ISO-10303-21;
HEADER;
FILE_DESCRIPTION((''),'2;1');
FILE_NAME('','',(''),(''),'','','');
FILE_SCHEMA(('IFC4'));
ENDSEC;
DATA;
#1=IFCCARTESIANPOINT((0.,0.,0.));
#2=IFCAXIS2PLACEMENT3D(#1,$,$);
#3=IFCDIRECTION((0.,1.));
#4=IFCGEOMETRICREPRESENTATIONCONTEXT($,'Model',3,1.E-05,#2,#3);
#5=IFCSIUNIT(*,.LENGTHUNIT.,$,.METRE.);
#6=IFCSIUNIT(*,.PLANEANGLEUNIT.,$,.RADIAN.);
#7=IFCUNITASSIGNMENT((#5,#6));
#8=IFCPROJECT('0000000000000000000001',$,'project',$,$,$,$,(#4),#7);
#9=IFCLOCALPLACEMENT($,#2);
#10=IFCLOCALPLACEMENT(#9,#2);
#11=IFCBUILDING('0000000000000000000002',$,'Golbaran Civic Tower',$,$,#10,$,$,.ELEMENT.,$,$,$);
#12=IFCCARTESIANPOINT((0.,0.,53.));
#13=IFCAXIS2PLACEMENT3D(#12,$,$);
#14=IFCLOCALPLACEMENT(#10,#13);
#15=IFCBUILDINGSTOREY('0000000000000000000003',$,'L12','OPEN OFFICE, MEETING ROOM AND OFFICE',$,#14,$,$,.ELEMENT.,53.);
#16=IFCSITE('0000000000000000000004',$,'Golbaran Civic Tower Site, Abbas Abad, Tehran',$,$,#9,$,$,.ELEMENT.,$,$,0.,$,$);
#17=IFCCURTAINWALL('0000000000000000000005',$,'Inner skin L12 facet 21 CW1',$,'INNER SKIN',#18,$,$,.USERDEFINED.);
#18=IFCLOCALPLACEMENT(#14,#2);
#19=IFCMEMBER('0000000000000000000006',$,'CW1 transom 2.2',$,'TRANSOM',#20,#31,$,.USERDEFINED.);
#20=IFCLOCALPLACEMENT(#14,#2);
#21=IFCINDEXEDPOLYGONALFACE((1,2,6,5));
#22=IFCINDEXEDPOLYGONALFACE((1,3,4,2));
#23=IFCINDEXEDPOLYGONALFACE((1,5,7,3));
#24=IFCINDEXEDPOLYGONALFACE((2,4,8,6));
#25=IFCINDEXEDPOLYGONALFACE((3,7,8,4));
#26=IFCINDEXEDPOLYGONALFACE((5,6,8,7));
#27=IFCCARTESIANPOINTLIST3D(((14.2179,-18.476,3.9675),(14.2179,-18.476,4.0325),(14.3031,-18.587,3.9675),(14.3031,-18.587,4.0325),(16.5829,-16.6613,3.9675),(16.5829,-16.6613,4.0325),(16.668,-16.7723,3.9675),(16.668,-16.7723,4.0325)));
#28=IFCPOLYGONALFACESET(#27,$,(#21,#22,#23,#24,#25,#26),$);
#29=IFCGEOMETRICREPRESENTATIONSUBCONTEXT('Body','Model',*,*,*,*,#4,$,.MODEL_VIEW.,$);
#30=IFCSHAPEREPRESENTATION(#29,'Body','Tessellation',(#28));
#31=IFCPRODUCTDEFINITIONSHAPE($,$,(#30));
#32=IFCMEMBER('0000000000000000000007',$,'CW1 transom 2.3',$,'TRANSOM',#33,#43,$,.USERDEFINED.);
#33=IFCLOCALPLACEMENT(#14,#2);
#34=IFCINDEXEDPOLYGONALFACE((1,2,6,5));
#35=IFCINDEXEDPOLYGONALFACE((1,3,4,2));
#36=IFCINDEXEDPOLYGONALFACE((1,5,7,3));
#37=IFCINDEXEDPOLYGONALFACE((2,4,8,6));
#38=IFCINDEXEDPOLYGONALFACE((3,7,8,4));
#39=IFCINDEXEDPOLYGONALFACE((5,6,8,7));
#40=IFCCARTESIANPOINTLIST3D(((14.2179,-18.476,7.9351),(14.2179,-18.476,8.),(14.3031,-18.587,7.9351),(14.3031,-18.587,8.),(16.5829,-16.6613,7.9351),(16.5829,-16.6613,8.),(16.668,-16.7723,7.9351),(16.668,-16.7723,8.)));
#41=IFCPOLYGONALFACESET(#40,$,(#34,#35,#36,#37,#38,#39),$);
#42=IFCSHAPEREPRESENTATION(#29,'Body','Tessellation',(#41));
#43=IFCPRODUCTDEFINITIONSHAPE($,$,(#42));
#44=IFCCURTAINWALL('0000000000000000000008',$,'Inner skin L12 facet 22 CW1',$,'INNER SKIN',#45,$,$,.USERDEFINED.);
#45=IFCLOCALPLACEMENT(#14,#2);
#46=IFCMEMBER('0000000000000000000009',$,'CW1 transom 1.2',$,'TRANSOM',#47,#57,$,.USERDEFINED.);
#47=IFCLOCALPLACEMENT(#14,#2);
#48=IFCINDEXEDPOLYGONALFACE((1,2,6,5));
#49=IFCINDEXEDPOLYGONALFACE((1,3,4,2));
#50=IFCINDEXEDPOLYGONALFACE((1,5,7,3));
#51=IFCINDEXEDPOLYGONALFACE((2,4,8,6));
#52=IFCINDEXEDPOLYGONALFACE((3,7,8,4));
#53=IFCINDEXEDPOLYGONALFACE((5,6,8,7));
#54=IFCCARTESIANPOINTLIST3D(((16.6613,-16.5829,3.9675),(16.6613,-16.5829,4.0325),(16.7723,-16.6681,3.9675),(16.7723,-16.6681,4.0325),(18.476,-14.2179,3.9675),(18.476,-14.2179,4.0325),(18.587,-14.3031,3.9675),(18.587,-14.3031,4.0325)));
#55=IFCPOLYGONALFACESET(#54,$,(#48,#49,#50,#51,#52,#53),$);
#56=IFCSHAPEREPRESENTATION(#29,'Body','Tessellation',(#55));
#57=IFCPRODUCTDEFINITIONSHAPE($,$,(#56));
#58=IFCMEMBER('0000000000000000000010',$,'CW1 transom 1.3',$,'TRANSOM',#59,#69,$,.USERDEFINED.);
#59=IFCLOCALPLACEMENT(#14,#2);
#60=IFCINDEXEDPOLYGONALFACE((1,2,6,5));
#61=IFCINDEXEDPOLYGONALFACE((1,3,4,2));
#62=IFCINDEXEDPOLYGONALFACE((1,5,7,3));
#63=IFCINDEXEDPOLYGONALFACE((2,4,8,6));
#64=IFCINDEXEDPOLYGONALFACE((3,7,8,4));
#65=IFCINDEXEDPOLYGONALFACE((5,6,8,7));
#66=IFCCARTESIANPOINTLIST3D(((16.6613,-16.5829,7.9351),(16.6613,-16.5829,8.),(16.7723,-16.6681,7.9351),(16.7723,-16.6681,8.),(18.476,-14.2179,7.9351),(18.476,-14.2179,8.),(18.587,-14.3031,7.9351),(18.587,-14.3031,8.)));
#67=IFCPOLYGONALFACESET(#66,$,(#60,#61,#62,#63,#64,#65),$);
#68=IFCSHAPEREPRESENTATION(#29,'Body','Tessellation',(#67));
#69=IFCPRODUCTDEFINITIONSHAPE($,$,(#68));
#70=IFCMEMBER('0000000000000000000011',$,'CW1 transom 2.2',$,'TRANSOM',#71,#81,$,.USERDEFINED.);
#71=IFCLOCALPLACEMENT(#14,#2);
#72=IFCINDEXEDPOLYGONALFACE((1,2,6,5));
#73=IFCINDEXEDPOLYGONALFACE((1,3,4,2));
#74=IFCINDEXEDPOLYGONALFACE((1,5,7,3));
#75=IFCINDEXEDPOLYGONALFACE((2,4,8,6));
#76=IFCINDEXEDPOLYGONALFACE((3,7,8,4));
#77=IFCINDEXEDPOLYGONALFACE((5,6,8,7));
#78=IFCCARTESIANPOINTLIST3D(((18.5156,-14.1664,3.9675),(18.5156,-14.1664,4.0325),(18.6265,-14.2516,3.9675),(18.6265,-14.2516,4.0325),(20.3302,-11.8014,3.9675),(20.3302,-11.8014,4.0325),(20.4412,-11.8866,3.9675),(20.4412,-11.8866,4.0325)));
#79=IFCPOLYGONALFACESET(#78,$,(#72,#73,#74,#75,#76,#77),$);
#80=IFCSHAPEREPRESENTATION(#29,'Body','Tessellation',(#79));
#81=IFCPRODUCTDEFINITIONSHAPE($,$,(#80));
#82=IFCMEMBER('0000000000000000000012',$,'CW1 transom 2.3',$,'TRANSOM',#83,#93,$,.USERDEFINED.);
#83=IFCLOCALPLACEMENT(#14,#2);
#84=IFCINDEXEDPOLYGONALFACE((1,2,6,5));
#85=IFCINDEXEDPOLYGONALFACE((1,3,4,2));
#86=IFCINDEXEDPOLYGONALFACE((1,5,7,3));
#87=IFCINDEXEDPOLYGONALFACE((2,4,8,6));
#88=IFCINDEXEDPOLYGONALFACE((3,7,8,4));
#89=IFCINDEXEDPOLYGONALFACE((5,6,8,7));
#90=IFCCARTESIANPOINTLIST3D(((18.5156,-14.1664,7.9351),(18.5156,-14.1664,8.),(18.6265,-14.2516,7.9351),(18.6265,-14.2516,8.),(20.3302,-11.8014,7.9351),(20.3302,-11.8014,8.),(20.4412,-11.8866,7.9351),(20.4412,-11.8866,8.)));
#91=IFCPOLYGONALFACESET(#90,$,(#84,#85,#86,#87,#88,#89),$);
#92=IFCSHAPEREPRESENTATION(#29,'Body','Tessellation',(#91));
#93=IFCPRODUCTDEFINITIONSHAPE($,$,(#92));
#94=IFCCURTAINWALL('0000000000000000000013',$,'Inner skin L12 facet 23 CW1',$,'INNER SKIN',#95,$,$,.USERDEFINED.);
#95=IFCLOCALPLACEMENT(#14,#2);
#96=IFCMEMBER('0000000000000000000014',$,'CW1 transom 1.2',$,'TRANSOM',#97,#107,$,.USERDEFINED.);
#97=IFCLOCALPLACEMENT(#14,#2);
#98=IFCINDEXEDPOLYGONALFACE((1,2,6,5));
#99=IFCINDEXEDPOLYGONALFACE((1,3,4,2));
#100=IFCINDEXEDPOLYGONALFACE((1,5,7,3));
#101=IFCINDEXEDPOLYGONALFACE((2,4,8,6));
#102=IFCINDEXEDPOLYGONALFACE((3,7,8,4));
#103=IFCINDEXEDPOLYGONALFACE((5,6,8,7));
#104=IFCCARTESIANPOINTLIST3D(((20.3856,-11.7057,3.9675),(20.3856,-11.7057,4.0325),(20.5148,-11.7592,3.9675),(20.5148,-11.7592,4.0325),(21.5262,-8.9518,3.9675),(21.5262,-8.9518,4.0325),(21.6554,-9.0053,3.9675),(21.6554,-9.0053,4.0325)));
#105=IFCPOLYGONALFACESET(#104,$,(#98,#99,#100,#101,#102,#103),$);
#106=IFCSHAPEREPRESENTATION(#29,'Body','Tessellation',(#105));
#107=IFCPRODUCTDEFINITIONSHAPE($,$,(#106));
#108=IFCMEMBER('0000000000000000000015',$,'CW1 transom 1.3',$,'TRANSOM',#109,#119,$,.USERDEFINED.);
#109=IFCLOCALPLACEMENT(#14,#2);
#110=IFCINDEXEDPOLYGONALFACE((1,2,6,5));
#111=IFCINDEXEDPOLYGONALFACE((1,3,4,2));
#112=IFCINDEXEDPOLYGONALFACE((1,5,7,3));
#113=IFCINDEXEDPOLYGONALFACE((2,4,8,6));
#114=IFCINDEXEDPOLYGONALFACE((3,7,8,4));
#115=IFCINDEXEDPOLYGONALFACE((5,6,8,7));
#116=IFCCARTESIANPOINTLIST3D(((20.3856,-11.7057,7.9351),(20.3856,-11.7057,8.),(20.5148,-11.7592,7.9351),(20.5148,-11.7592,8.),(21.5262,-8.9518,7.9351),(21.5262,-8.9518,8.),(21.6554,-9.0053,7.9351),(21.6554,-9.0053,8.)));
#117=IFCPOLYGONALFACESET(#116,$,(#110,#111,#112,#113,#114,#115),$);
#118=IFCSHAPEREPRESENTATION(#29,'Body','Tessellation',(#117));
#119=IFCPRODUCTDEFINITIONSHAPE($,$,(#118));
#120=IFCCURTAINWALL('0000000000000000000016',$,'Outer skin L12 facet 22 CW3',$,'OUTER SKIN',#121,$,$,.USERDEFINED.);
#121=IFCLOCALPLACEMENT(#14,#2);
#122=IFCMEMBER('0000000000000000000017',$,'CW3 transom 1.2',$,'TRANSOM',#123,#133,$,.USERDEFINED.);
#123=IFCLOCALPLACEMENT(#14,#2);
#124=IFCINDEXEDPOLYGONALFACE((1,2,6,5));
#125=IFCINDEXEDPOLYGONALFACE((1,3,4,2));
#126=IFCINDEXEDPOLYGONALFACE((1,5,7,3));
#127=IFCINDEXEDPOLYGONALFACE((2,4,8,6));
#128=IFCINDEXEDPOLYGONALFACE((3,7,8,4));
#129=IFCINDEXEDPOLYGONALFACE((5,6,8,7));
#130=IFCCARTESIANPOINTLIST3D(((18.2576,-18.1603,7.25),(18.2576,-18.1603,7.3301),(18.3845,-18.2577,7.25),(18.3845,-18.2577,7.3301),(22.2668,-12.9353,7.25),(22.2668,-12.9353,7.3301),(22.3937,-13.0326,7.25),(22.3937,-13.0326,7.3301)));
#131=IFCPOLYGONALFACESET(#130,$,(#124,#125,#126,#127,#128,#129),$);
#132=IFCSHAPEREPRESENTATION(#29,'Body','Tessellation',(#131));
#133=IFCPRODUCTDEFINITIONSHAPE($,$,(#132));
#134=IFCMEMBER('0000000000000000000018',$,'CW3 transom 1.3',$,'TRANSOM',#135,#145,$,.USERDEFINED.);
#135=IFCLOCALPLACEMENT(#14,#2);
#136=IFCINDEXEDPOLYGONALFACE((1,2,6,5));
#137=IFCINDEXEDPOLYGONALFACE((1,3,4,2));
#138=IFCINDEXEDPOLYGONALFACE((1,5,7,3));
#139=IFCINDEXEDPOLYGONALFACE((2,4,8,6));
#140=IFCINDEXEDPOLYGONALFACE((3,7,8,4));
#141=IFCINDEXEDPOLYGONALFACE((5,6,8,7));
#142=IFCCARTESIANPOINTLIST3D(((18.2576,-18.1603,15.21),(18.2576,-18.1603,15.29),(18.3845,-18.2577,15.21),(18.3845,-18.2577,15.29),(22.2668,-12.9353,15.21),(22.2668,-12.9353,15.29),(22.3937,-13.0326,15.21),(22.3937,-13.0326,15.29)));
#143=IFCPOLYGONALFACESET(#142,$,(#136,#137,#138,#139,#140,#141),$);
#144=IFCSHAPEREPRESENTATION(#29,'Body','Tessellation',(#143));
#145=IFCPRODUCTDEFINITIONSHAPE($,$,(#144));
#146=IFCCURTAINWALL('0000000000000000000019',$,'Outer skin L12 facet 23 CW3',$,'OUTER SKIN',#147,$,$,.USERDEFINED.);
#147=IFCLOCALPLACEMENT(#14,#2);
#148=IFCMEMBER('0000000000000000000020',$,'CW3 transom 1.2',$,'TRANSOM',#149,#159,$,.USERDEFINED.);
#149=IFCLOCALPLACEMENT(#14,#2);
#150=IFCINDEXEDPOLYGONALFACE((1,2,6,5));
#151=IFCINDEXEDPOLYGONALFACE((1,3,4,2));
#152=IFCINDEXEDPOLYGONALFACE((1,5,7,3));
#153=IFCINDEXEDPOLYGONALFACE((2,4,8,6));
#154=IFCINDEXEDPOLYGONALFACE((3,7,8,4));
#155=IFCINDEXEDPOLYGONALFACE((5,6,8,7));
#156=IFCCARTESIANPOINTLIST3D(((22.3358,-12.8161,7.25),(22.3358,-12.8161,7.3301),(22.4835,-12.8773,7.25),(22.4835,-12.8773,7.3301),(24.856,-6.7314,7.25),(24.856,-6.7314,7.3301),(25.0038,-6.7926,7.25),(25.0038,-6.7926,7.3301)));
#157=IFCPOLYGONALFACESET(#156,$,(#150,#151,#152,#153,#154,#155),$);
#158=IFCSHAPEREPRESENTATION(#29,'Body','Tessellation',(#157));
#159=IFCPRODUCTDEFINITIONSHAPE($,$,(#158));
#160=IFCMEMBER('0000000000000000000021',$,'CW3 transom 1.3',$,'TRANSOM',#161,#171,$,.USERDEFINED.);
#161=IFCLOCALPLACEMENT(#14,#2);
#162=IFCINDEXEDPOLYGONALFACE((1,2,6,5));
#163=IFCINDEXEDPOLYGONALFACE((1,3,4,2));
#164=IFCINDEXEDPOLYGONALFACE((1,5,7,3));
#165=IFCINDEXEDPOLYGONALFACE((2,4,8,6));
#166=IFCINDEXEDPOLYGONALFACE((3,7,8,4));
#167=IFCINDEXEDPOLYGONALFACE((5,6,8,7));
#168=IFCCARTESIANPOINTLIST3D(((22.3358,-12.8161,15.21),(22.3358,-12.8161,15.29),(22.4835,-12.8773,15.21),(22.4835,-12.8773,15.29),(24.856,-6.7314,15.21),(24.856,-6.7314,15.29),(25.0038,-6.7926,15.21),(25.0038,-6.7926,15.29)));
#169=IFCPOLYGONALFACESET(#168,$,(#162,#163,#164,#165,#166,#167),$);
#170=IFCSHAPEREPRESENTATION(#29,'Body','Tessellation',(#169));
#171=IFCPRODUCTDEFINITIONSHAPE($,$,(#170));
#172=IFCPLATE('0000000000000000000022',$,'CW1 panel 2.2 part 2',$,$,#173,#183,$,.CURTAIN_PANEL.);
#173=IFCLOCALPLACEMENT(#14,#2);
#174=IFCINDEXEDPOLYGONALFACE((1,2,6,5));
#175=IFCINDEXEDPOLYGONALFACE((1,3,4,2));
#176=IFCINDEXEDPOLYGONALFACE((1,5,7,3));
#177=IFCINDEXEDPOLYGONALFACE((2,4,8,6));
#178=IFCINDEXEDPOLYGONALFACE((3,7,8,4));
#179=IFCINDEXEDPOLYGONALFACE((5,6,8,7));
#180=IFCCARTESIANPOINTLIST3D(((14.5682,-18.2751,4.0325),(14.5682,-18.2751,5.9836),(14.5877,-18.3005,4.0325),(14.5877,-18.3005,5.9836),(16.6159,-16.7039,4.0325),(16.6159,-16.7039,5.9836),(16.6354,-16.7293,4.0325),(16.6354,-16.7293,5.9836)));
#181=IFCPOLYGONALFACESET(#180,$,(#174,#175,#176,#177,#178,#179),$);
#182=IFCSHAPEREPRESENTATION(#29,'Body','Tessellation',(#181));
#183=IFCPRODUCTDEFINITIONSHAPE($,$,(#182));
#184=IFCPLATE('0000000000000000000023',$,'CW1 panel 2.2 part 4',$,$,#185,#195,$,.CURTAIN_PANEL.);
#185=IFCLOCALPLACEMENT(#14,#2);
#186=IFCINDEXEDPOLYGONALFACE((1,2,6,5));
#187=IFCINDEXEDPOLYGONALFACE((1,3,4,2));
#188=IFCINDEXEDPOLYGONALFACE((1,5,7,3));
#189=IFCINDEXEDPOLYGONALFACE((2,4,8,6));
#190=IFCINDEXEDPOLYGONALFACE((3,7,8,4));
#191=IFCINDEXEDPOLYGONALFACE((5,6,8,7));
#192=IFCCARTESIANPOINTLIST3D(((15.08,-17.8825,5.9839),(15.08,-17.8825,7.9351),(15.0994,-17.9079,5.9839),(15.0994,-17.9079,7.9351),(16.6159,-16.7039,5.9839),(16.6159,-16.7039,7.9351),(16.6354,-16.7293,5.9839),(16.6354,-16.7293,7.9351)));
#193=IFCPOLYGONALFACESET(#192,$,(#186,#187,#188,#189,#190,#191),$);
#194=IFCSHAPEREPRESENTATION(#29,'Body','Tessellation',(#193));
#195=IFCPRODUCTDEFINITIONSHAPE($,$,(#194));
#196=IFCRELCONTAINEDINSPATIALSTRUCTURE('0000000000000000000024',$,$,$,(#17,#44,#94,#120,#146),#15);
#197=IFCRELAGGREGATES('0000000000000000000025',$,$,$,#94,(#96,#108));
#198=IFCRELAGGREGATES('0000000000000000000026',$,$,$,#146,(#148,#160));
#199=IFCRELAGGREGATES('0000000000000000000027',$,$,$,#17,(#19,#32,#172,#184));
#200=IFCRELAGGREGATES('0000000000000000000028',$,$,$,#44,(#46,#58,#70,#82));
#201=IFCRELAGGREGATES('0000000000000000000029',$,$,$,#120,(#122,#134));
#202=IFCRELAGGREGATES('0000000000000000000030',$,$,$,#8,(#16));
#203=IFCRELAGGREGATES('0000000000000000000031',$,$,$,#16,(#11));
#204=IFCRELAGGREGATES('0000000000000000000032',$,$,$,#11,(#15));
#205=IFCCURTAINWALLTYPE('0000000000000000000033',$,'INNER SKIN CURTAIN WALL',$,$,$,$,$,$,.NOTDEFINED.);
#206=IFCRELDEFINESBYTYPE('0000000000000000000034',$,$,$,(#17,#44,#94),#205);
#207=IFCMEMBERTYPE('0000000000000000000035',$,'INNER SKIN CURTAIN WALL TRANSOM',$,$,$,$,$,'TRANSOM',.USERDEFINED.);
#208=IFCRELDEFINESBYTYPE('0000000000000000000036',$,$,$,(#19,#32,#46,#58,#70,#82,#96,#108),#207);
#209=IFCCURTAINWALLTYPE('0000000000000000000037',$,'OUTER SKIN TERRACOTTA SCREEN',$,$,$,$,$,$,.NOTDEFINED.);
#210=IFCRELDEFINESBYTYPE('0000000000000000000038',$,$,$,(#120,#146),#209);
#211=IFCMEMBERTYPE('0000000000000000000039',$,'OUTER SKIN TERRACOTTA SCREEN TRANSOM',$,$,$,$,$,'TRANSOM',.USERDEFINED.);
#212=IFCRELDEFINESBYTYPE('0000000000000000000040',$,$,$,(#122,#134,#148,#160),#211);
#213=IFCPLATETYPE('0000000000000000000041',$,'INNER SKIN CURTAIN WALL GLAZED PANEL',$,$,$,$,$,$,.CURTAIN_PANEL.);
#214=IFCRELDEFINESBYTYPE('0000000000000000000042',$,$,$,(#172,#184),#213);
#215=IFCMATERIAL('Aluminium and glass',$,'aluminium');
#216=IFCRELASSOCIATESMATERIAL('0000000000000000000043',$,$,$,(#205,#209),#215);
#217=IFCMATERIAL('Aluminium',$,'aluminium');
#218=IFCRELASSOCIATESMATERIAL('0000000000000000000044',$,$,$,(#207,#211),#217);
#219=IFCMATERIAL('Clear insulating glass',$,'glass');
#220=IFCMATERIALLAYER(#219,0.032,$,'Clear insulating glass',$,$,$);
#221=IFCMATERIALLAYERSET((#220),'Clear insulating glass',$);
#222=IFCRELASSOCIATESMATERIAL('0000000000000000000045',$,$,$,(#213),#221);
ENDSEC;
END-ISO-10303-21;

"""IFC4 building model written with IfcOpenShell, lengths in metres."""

from ifc_helpers import new_model, si_unit, direction, frame, origin, origin_2d, place, context, subcontext, project, spatial, rectangle, extrude, material, layer, layer_set, material_profile, profile_set, type_object, element, aggregate, save


model = new_model("IFC4")

# Units and contexts
model_context = context("Model", 3, precision=1e-05, world=origin(), true_north=direction((0.0, 1.0)))
body_context = subcontext(model_context, "Body", "Model", "MODEL_VIEW")
ifc_project = project(units=[si_unit("LENGTHUNIT", "METRE"), si_unit("PLANEANGLEUNIT", "RADIAN")], contexts=[model_context])

# Site, building, storey
site_placement = place(None, origin())
site = spatial("IfcSite", under=ifc_project, at=site_placement, Name="Golbaran Civic Tower Site, Abbas Abad, Tehran", CompositionType="ELEMENT", RefElevation=0.0)
building_placement = place(site_placement, origin())
building = spatial("IfcBuilding", under=site, at=building_placement, Name="Golbaran Civic Tower", CompositionType="ELEMENT")
storey_placement = place(building_placement, frame((0.0, 0.0, 53.0)))
storey = spatial("IfcBuildingStorey", under=building, at=storey_placement, Name="L12", Description="OPEN OFFICE, MEETING ROOM AND OFFICE", CompositionType="ELEMENT", Elevation=53.0)

# Curtain walls, members
ifc_material_1 = material(Name="Aluminium and glass", Category="aluminium")
curtain_wall_type_1 = type_object("IfcCurtainWallType", Name="INNER SKIN CURTAIN WALL", PredefinedType="NOTDEFINED", material=ifc_material_1)
curtain_wall_1_placement = place(storey_placement, origin())
curtain_wall_1 = element("IfcCurtainWall", 1, at=curtain_wall_1_placement, inside=storey, type_object=curtain_wall_type_1, Name="Inner skin L12 facet 21 CW1", ObjectType="INNER SKIN", PredefinedType="USERDEFINED")
ifc_material_2 = material(Name="Aluminium", Category="aluminium")
ifc_material_profile_1 = material_profile(ifc_material_2, rectangle(XDim=0.1399, YDim=0.0649, at=origin_2d()), Name="INNER SKIN CURTAIN WALL TRANSOM")
ifc_profile_set_1 = profile_set([ifc_material_profile_1], Name="Aluminium")
member_type_1 = type_object("IfcMemberType", Name="INNER SKIN CURTAIN WALL TRANSOM", ElementType="TRANSOM", PredefinedType="USERDEFINED", material=ifc_profile_set_1)
member_1_placement = place(storey_placement, frame((14.2605, -18.5315, 4.0), z_axis=(0.793357, 0.608756, 0.0), x_axis=(-0.608756, 0.793357, 0.0)))
member_1 = element("IfcMember", 2, at=member_1_placement, type_object=member_type_1, Name="CW1 transom 2.2", ObjectType="TRANSOM", PredefinedType="USERDEFINED", context=body_context, shape_type="SweptSolid", body=[
    extrude(rectangle(XDim=0.1399, YDim=0.0649, at=origin_2d()), origin(), (0.0, 0.0, 1.0), 2.981),
])
member_2_placement = place(storey_placement, frame((14.2605, -18.5315, 7.9675), z_axis=(0.793357, 0.608756, 0.0), x_axis=(-0.608756, 0.793357, 0.0)))
member_2 = element("IfcMember", 3, at=member_2_placement, type_object=member_type_1, Name="CW1 transom 2.3", ObjectType="TRANSOM", PredefinedType="USERDEFINED", context=body_context, shape_type="SweptSolid", body=[
    extrude(rectangle(XDim=0.1399, YDim=0.0649, at=origin_2d()), origin(), (0.0, 0.0, 1.0), 2.981),
])
curtain_wall_2_placement = place(storey_placement, origin())
curtain_wall_2 = element("IfcCurtainWall", 4, at=curtain_wall_2_placement, inside=storey, type_object=curtain_wall_type_1, Name="Inner skin L12 facet 22 CW1", ObjectType="INNER SKIN", PredefinedType="USERDEFINED")
member_3_placement = place(storey_placement, frame((16.7168, -16.6255, 4.0), z_axis=(0.608756, 0.793357, 0.0), x_axis=(-0.793357, 0.608756, 0.0)))
member_3 = element("IfcMember", 5, at=member_3_placement, type_object=member_type_1, Name="CW1 transom 1.2", ObjectType="TRANSOM", PredefinedType="USERDEFINED", context=body_context, shape_type="SweptSolid", body=[
    extrude(rectangle(XDim=0.1399, YDim=0.0649, at=origin_2d()), origin(), (0.0, 0.0, 1.0), 2.981),
])
member_4_placement = place(storey_placement, frame((16.7168, -16.6255, 7.9675), z_axis=(0.608756, 0.793357, 0.0), x_axis=(-0.793357, 0.608756, 0.0)))
member_4 = element("IfcMember", 6, at=member_4_placement, type_object=member_type_1, Name="CW1 transom 1.3", ObjectType="TRANSOM", PredefinedType="USERDEFINED", context=body_context, shape_type="SweptSolid", body=[
    extrude(rectangle(XDim=0.1399, YDim=0.0649, at=origin_2d()), origin(), (0.0, 0.0, 1.0), 2.981),
])
member_5_placement = place(storey_placement, frame((18.571, -14.209, 4.0), z_axis=(0.608756, 0.793357, 0.0), x_axis=(-0.793357, 0.608756, 0.0)))
member_5 = element("IfcMember", 7, at=member_5_placement, type_object=member_type_1, Name="CW1 transom 2.2", ObjectType="TRANSOM", PredefinedType="USERDEFINED", context=body_context, shape_type="SweptSolid", body=[
    extrude(rectangle(XDim=0.1399, YDim=0.0649, at=origin_2d()), origin(), (0.0, 0.0, 1.0), 2.981),
])
member_6_placement = place(storey_placement, frame((18.571, -14.209, 7.9675), z_axis=(0.608756, 0.793357, 0.0), x_axis=(-0.793357, 0.608756, 0.0)))
member_6 = element("IfcMember", 8, at=member_6_placement, type_object=member_type_1, Name="CW1 transom 2.3", ObjectType="TRANSOM", PredefinedType="USERDEFINED", context=body_context, shape_type="SweptSolid", body=[
    extrude(rectangle(XDim=0.1399, YDim=0.0649, at=origin_2d()), origin(), (0.0, 0.0, 1.0), 2.981),
])
curtain_wall_3_placement = place(storey_placement, origin())
curtain_wall_3 = element("IfcCurtainWall", 9, at=curtain_wall_3_placement, inside=storey, type_object=curtain_wall_type_1, Name="Inner skin L12 facet 23 CW1", ObjectType="INNER SKIN", PredefinedType="USERDEFINED")
member_7_placement = place(storey_placement, frame((20.4502, -11.7324, 4.0), z_axis=(0.38266, 0.923889, 0.0), x_axis=(-0.923889, 0.38266, 0.0)))
member_7 = element("IfcMember", 10, at=member_7_placement, type_object=member_type_1, Name="CW1 transom 1.2", ObjectType="TRANSOM", PredefinedType="USERDEFINED", context=body_context, shape_type="SweptSolid", body=[
    extrude(rectangle(XDim=0.1399, YDim=0.0649, at=origin_2d()), origin(), (0.0, 0.0, 1.0), 2.9807),
])
member_8_placement = place(storey_placement, frame((20.4502, -11.7324, 7.9675), z_axis=(0.38266, 0.923889, 0.0), x_axis=(-0.923889, 0.38266, 0.0)))
member_8 = element("IfcMember", 11, at=member_8_placement, type_object=member_type_1, Name="CW1 transom 1.3", ObjectType="TRANSOM", PredefinedType="USERDEFINED", context=body_context, shape_type="SweptSolid", body=[
    extrude(rectangle(XDim=0.1399, YDim=0.0649, at=origin_2d()), origin(), (0.0, 0.0, 1.0), 2.9807),
])
aggregate(curtain_wall_3, [member_7, member_8])
curtain_wall_type_2 = type_object("IfcCurtainWallType", Name="OUTER SKIN TERRACOTTA SCREEN", PredefinedType="NOTDEFINED", material=ifc_material_1)
curtain_wall_4_placement = place(storey_placement, origin())
curtain_wall_4 = element("IfcCurtainWall", 12, at=curtain_wall_4_placement, inside=storey, type_object=curtain_wall_type_2, Name="Outer skin L12 facet 22 CW3", ObjectType="OUTER SKIN", PredefinedType="USERDEFINED")
ifc_material_profile_2 = material_profile(ifc_material_2, rectangle(XDim=0.1599, YDim=0.0801, at=origin_2d()), Name="OUTER SKIN TERRACOTTA SCREEN TRANSOM")
ifc_profile_set_2 = profile_set([ifc_material_profile_2], Name="Aluminium")
member_type_2 = type_object("IfcMemberType", Name="OUTER SKIN TERRACOTTA SCREEN TRANSOM", ElementType="TRANSOM", PredefinedType="USERDEFINED", material=ifc_profile_set_2)
member_9_placement = place(storey_placement, frame((18.321, -18.209, 7.29), z_axis=(0.608754, 0.793359, 0.0), x_axis=(-0.793359, 0.608754, 0.0)))
member_9 = element("IfcMember", 13, at=member_9_placement, type_object=member_type_2, Name="CW3 transom 1.2", ObjectType="TRANSOM", PredefinedType="USERDEFINED", context=body_context, shape_type="SweptSolid", body=[
    extrude(rectangle(XDim=0.1599, YDim=0.0801, at=origin_2d()), origin(), (0.0, 0.0, 1.0), 6.5859),
])
member_10_placement = place(storey_placement, frame((18.321, -18.209, 15.25), z_axis=(0.608754, 0.793359, 0.0), x_axis=(-0.793359, 0.608754, 0.0)))
member_10 = element("IfcMember", 14, at=member_10_placement, type_object=member_type_2, Name="CW3 transom 1.3", ObjectType="TRANSOM", PredefinedType="USERDEFINED", context=body_context, shape_type="SweptSolid", body=[
    extrude(rectangle(XDim=0.1599, YDim=0.0801, at=origin_2d()), origin(), (0.0, 0.0, 1.0), 6.5859),
])
curtain_wall_5_placement = place(storey_placement, origin())
curtain_wall_5 = element("IfcCurtainWall", 15, at=curtain_wall_5_placement, inside=storey, type_object=curtain_wall_type_2, Name="Outer skin L12 facet 23 CW3", ObjectType="OUTER SKIN", PredefinedType="USERDEFINED")
member_11_placement = place(storey_placement, frame((22.4097, -12.8467, 7.29), z_axis=(0.382669, 0.923885, 0.0), x_axis=(-0.923885, 0.382669, 0.0)))
member_11 = element("IfcMember", 16, at=member_11_placement, type_object=member_type_2, Name="CW3 transom 1.2", ObjectType="TRANSOM", PredefinedType="USERDEFINED", context=body_context, shape_type="SweptSolid", body=[
    extrude(rectangle(XDim=0.1599, YDim=0.0801, at=origin_2d()), origin(), (0.0, 0.0, 1.0), 6.5859),
])
member_12_placement = place(storey_placement, frame((22.4097, -12.8467, 15.25), z_axis=(0.382669, 0.923885, 0.0), x_axis=(-0.923885, 0.382669, 0.0)))
member_12 = element("IfcMember", 17, at=member_12_placement, type_object=member_type_2, Name="CW3 transom 1.3", ObjectType="TRANSOM", PredefinedType="USERDEFINED", context=body_context, shape_type="SweptSolid", body=[
    extrude(rectangle(XDim=0.1599, YDim=0.0801, at=origin_2d()), origin(), (0.0, 0.0, 1.0), 6.5859),
])
aggregate(curtain_wall_5, [member_11, member_12])

# Plates
ifc_material_3 = material(Name="Clear insulating glass", Category="glass")
ifc_layer_1 = layer(ifc_material_3, 0.032, Name="Clear insulating glass")
ifc_layer_set_1 = layer_set([ifc_layer_1], Name="Clear insulating glass")
plate_type_1 = type_object("IfcPlateType", Name="INNER SKIN CURTAIN WALL GLAZED PANEL", PredefinedType="CURTAIN_PANEL", material=ifc_layer_set_1)
plate_1_placement = place(storey_placement, frame((15.6018, -17.5022, 4.0325), z_axis=(0.0, 0.0, 1.0), x_axis=(0.793353, 0.608761, 0.0)))
plate_1 = element("IfcPlate", 18, at=plate_1_placement, type_object=plate_type_1, Name="CW1 panel 2.2 part 2", PredefinedType="CURTAIN_PANEL", context=body_context, shape_type="SweptSolid", body=[
    extrude(rectangle(XDim=2.5811, YDim=0.032, at=origin_2d()), origin(), (0.0, 0.0, 1.0), 1.9512),
])
plate_2_placement = place(storey_placement, frame((15.8577, -17.3059, 5.9839), z_axis=(0.0, 0.0, 1.0), x_axis=(0.793353, 0.608761, 0.0)))
plate_2 = element("IfcPlate", 19, at=plate_2_placement, type_object=plate_type_1, Name="CW1 panel 2.2 part 4", PredefinedType="CURTAIN_PANEL", context=body_context, shape_type="SweptSolid", body=[
    extrude(rectangle(XDim=1.936, YDim=0.032, at=origin_2d()), origin(), (0.0, 0.0, 1.0), 1.9512),
])
aggregate(curtain_wall_1, [member_1, member_2, plate_1, plate_2])
aggregate(curtain_wall_2, [member_3, member_4, member_5, member_6])
aggregate(curtain_wall_4, [member_9, member_10])

save(model, "model.ifc")
